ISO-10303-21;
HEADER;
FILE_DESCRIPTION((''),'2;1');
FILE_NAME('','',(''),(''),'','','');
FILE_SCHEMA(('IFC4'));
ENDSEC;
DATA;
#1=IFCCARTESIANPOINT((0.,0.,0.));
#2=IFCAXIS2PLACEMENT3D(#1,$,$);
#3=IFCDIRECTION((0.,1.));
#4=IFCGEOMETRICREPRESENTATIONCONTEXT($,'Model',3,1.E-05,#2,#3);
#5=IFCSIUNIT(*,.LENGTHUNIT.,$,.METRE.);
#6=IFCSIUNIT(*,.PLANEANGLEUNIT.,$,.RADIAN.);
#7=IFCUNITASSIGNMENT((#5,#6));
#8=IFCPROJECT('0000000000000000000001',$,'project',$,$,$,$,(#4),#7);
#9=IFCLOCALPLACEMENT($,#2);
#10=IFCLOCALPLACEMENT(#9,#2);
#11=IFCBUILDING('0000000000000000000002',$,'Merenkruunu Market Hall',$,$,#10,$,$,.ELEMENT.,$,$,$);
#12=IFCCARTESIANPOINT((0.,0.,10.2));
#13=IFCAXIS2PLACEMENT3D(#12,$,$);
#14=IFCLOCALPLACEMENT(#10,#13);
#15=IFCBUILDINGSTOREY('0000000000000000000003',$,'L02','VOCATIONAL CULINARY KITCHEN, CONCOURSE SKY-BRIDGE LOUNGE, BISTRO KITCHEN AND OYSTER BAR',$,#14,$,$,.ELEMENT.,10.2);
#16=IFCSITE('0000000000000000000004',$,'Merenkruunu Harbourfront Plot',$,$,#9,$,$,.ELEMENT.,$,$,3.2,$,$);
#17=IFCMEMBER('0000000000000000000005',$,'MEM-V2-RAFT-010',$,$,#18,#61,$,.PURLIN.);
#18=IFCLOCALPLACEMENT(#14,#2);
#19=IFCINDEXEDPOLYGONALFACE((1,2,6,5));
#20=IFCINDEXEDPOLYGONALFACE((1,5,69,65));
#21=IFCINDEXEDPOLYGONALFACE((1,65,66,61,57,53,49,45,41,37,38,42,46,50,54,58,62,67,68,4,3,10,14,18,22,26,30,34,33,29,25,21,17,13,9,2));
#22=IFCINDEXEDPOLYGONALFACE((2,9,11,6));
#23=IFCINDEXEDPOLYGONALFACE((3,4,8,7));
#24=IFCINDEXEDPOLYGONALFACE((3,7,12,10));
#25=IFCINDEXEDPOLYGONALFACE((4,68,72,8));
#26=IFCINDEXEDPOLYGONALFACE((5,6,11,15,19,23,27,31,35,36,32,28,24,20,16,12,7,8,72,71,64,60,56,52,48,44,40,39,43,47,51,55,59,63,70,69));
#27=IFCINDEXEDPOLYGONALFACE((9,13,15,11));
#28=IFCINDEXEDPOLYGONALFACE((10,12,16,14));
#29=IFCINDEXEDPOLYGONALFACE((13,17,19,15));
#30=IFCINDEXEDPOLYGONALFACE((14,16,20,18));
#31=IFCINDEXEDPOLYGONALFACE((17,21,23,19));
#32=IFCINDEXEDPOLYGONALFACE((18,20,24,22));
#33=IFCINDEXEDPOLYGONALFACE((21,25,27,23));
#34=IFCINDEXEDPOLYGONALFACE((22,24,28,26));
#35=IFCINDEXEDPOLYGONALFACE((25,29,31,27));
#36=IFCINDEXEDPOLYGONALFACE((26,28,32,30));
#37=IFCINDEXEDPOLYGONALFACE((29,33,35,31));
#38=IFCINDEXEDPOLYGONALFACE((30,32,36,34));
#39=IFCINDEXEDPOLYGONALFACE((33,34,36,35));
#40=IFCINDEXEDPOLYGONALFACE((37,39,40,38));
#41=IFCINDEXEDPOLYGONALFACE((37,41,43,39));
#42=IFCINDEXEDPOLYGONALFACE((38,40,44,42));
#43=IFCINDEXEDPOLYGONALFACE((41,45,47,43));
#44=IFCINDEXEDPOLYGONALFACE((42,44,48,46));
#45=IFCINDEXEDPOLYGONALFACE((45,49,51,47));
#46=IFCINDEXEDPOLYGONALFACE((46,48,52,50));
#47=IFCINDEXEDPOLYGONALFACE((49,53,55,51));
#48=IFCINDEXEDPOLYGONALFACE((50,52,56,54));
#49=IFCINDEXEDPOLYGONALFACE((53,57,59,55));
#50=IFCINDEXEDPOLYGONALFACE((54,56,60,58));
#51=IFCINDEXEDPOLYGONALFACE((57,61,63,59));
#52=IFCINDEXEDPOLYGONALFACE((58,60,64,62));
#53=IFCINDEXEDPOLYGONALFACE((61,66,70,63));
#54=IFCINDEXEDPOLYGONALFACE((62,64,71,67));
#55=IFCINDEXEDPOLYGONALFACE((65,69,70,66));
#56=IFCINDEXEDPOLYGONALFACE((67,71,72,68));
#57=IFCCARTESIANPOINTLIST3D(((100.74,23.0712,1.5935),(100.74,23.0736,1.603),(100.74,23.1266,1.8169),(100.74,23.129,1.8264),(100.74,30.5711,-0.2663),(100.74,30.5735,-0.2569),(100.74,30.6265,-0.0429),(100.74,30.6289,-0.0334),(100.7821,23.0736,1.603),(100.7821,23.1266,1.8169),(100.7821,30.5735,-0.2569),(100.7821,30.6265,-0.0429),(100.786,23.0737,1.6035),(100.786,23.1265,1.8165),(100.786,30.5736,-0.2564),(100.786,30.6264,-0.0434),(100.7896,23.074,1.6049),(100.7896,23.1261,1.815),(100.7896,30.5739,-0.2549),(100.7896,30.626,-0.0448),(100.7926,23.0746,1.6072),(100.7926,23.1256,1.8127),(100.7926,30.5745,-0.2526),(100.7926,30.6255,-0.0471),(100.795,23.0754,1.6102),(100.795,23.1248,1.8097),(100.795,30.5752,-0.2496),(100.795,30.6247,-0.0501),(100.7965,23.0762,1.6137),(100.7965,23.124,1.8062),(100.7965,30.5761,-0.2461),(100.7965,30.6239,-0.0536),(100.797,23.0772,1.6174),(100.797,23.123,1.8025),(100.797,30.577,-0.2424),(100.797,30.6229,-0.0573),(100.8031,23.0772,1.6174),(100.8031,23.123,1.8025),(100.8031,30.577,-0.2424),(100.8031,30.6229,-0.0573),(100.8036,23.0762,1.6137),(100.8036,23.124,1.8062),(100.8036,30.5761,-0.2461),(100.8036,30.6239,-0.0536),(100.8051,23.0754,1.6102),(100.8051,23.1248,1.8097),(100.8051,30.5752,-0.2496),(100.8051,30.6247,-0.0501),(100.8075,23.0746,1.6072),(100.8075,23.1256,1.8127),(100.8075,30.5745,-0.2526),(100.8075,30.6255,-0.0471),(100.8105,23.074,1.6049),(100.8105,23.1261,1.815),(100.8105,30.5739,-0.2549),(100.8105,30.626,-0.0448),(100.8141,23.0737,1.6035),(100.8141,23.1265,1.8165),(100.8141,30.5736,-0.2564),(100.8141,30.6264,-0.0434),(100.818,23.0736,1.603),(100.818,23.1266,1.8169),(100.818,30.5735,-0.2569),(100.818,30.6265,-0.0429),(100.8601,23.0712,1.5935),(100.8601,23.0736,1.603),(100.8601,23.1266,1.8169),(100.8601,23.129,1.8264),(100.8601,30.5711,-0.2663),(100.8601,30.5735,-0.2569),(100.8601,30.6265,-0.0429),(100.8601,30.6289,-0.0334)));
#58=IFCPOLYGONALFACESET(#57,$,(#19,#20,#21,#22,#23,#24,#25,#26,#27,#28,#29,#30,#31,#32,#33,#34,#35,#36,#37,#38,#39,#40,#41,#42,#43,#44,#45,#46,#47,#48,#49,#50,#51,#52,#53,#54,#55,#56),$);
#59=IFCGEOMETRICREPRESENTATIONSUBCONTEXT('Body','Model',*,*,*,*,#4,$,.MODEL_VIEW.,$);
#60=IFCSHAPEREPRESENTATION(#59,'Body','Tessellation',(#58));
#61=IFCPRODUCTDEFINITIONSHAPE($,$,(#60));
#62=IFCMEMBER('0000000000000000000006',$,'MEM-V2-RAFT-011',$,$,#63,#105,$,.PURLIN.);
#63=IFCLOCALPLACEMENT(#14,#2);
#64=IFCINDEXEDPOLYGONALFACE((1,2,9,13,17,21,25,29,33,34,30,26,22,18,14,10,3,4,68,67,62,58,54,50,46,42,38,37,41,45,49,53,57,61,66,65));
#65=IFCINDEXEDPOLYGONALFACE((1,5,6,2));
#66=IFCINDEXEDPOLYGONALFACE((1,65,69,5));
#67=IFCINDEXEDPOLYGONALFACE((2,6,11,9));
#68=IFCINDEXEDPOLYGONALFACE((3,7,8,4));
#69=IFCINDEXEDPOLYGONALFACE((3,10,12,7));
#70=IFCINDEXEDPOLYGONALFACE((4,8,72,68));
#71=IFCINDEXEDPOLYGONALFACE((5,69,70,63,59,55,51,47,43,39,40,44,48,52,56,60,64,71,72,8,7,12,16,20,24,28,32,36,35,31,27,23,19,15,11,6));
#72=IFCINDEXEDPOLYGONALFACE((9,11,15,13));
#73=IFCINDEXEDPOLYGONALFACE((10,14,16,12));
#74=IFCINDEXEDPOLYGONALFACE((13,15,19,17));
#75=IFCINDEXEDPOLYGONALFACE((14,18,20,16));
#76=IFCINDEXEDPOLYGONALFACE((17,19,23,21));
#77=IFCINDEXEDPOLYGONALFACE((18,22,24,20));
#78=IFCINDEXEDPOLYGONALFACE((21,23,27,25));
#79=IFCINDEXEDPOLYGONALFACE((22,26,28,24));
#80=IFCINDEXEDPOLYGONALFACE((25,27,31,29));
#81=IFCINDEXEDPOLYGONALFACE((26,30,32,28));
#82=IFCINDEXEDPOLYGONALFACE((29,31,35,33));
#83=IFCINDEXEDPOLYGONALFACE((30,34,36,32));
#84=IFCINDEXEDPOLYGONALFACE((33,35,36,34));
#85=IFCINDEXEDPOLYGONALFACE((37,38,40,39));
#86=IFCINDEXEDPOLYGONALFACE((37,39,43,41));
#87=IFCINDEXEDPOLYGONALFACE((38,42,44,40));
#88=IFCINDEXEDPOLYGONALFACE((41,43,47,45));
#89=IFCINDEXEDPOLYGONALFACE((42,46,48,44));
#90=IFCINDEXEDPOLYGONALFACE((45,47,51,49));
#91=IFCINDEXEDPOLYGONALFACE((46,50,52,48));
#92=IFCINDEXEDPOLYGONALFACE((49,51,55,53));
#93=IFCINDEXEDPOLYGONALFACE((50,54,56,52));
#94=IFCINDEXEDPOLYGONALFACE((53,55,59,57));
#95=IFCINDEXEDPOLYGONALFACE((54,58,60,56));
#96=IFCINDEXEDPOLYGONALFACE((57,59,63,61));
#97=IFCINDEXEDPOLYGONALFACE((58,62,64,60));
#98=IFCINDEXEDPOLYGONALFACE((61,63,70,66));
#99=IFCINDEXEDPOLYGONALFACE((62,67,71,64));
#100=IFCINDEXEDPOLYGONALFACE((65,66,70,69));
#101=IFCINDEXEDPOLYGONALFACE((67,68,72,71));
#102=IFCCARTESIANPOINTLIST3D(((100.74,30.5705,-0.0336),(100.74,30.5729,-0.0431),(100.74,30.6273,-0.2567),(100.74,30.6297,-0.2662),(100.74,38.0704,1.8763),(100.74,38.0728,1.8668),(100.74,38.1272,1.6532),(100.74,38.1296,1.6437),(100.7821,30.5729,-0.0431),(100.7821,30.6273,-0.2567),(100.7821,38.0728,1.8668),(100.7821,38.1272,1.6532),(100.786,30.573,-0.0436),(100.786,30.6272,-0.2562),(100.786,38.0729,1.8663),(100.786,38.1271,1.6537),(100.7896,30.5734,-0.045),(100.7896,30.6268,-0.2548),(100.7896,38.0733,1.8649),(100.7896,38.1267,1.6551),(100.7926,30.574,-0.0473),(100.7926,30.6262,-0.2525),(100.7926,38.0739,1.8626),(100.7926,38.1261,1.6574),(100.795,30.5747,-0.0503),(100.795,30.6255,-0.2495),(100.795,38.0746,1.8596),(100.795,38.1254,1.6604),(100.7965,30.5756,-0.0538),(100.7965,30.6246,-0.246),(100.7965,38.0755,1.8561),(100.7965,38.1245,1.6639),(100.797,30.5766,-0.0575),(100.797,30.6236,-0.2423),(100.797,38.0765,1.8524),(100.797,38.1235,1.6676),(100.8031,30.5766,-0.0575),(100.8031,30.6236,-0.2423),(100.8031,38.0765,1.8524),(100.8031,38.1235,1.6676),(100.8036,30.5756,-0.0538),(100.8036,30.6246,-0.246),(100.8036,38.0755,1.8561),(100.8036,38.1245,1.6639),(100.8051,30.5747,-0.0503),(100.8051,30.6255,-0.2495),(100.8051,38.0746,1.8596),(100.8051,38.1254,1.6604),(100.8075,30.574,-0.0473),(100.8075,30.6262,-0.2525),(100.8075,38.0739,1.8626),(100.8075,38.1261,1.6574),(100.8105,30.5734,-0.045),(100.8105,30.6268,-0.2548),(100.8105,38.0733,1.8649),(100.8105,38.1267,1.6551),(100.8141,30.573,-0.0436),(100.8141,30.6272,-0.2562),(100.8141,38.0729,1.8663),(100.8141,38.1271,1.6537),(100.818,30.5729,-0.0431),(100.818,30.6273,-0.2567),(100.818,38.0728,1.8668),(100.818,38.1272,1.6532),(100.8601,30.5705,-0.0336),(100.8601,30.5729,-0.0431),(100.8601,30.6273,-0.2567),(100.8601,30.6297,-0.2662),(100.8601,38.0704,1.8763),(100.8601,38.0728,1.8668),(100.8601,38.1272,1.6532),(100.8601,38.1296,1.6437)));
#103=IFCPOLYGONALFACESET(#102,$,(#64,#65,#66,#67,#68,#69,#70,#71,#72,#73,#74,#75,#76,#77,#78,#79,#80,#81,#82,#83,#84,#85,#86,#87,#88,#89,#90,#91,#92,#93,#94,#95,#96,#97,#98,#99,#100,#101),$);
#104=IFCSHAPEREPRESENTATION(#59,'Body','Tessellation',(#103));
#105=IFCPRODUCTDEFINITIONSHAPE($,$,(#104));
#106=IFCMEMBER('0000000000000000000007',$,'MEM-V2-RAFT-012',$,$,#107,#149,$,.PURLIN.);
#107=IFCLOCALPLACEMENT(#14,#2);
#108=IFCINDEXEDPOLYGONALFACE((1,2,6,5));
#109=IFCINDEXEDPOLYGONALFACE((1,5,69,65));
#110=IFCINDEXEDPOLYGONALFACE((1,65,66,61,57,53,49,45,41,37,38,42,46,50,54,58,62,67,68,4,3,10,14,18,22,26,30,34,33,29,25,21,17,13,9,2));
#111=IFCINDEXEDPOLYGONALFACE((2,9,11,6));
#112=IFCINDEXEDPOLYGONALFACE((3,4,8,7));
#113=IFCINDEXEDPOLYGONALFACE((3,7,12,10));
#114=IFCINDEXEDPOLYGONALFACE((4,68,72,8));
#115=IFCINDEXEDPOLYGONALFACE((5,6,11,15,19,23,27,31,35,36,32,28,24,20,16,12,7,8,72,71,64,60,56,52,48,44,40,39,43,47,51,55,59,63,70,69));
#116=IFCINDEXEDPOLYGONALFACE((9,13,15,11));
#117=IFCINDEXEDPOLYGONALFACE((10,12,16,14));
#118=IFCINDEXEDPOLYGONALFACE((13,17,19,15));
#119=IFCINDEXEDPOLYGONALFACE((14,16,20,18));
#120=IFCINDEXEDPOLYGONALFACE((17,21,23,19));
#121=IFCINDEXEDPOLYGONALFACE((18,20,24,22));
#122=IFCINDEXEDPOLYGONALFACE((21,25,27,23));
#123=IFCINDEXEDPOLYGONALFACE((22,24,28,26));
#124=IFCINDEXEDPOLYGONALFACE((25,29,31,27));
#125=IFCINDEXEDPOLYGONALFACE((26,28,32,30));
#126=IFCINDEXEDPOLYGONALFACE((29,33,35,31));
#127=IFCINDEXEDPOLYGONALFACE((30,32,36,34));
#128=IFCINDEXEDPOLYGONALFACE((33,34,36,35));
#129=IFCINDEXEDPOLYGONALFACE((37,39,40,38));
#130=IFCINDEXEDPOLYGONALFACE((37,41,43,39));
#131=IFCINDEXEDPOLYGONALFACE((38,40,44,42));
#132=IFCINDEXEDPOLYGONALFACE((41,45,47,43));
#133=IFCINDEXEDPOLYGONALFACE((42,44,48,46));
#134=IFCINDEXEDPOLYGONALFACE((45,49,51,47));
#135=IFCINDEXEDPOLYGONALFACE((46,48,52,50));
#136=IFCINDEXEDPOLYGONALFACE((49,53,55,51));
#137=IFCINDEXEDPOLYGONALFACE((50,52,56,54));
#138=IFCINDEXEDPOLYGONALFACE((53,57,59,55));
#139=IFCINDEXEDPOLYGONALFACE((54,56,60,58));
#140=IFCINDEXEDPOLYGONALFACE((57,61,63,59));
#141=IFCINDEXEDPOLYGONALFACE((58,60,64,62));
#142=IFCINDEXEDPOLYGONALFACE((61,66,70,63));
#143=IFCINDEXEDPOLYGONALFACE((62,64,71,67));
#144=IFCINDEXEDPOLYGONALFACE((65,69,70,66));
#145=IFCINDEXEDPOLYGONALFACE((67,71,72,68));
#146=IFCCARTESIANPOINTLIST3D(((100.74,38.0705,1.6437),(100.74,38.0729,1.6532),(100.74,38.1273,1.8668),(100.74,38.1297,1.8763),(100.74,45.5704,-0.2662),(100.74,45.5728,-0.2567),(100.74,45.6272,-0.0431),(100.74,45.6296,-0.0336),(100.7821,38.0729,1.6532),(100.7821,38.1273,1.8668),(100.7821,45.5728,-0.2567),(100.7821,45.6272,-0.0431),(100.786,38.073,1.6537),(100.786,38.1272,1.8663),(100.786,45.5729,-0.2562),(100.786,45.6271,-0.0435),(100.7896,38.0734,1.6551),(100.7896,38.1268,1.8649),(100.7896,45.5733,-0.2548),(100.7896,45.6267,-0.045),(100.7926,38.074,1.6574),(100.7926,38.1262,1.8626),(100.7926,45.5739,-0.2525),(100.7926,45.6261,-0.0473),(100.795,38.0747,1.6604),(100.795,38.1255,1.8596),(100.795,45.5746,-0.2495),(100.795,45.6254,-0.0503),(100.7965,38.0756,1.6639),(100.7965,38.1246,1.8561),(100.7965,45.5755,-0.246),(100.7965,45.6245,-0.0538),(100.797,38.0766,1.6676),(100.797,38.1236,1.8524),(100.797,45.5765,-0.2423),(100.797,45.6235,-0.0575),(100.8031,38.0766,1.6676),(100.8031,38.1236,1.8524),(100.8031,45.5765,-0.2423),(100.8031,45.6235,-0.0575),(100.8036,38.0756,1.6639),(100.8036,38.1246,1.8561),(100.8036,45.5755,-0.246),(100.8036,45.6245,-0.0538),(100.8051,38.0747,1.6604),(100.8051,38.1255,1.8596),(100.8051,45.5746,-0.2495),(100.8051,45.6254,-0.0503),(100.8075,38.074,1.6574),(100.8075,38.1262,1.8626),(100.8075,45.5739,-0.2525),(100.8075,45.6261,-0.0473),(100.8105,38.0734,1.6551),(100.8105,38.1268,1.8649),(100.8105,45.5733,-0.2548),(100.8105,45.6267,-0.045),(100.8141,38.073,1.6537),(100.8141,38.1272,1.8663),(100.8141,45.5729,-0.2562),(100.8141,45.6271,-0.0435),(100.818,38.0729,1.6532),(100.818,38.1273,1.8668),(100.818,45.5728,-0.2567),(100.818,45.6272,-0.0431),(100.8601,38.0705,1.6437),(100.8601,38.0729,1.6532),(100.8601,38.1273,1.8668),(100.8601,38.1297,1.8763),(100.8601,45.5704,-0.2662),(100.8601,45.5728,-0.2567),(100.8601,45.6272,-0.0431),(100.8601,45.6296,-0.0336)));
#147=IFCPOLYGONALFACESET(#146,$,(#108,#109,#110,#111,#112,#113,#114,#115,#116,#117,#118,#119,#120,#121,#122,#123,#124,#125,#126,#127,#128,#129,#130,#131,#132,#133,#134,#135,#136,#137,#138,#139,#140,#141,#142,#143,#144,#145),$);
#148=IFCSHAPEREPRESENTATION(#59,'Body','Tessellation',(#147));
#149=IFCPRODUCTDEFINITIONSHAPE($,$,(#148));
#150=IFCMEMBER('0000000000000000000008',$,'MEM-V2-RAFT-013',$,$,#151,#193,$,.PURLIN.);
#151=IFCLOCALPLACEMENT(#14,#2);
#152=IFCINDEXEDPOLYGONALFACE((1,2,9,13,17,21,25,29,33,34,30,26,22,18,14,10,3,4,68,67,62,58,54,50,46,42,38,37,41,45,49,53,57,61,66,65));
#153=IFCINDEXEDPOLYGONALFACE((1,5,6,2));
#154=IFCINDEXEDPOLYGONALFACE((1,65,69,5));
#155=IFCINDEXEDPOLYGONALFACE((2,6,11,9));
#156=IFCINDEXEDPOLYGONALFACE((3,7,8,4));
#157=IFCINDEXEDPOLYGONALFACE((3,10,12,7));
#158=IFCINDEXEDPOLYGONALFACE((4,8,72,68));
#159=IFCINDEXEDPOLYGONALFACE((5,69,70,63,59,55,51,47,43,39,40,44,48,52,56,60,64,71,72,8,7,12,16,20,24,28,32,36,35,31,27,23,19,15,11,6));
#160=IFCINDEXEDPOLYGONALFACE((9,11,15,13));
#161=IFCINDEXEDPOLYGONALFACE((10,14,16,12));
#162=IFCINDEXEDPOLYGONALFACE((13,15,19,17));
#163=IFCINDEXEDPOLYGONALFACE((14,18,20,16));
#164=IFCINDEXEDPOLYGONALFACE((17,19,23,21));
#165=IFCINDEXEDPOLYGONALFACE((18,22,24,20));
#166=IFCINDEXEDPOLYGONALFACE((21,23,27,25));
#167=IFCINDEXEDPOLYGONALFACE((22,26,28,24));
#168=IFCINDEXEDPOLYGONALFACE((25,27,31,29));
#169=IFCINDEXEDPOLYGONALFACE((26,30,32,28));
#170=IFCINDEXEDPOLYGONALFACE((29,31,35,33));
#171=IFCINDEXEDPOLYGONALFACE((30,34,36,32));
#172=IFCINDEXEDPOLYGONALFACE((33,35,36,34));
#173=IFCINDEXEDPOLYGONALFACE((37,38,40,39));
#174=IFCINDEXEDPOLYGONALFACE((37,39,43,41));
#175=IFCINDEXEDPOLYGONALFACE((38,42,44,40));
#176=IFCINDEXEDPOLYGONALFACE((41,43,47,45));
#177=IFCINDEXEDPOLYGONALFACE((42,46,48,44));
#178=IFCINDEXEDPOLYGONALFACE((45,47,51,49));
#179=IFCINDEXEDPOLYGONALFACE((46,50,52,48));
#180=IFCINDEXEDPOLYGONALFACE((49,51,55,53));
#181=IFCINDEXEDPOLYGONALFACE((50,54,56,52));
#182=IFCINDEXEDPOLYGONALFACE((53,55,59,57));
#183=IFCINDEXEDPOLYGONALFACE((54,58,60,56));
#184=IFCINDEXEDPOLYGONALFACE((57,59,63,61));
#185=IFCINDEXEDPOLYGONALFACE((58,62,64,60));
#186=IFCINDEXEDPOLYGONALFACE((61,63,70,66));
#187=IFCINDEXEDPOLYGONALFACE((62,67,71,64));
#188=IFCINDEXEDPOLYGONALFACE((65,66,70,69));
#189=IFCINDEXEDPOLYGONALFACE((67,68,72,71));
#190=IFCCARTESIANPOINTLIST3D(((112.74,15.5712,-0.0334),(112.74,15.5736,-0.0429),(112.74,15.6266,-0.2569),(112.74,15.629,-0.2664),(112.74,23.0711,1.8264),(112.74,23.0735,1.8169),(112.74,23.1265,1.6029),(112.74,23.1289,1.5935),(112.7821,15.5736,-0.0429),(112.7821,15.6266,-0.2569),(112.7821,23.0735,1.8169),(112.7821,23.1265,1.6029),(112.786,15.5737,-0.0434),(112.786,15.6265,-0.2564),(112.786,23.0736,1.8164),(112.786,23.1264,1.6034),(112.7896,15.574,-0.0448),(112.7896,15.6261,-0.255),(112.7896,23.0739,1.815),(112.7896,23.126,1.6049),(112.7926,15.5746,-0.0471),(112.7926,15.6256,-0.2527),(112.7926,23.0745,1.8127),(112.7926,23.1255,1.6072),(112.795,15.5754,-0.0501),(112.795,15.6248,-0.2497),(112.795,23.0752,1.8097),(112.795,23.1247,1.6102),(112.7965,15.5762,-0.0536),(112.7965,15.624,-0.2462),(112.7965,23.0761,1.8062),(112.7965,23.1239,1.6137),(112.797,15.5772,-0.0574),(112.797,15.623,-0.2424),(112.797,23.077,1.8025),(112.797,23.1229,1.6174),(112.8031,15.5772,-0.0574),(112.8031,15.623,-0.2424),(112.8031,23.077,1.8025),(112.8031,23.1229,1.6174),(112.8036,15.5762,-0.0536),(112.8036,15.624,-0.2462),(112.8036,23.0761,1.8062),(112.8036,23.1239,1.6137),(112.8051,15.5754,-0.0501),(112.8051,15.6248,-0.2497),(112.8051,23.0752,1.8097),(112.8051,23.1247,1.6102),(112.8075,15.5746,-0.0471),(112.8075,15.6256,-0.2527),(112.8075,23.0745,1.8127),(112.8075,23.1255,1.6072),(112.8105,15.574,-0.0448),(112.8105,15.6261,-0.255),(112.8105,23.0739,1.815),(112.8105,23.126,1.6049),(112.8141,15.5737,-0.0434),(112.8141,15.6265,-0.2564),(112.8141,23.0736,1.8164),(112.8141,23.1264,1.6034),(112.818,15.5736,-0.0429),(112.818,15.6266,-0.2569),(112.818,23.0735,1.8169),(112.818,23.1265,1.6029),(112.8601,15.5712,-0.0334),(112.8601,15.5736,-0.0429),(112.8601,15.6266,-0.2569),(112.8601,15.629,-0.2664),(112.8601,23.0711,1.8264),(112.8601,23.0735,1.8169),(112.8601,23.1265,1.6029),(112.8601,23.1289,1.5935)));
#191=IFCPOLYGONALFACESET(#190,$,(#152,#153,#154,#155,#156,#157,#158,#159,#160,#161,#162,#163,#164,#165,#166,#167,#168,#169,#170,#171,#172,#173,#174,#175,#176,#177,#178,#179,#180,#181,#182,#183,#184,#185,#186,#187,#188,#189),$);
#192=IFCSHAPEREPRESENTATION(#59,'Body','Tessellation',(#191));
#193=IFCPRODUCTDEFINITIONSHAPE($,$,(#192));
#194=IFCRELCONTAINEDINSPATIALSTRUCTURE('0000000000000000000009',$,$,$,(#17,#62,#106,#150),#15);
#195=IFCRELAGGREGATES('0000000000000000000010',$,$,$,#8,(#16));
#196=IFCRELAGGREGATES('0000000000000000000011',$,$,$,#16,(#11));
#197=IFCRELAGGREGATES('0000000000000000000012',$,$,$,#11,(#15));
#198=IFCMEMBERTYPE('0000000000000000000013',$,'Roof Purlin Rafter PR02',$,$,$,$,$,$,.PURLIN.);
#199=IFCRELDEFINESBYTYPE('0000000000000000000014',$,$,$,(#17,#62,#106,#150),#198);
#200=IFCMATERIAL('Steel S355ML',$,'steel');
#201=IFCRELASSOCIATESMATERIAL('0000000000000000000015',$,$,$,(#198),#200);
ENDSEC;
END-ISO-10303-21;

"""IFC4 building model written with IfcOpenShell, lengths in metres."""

from ifc_helpers import new_model, si_unit, direction, frame, origin, origin_2d, place, context, subcontext, project, spatial, i_section, extrude, material, material_profile, profile_set, type_object, element, save


model = new_model("IFC4")

# Units and contexts
model_context = context("Model", 3, precision=1e-05, world=origin(), true_north=direction((0.0, 1.0)))
body_context = subcontext(model_context, "Body", "Model", "MODEL_VIEW")
ifc_project = project(units=[si_unit("LENGTHUNIT", "METRE"), si_unit("PLANEANGLEUNIT", "RADIAN")], contexts=[model_context])

# Site, building, storey
site_placement = place(None, origin())
site = spatial("IfcSite", under=ifc_project, at=site_placement, Name="Merenkruunu Harbourfront Plot", CompositionType="ELEMENT", RefElevation=3.2)
building_placement = place(site_placement, origin())
building = spatial("IfcBuilding", under=site, at=building_placement, Name="Merenkruunu Market Hall", CompositionType="ELEMENT")
storey_placement = place(building_placement, frame((0.0, 0.0, 10.2)))
storey = spatial("IfcBuildingStorey", under=building, at=storey_placement, Name="L02", Description="VOCATIONAL CULINARY KITCHEN, CONCOURSE SKY-BRIDGE LOUNGE, BISTRO KITCHEN AND OYSTER BAR", CompositionType="ELEMENT", Elevation=10.2)

# Members
ifc_material_1 = material(Name="Steel S355ML", Category="steel")
ifc_material_profile_1 = material_profile(ifc_material_1, i_section(OverallWidth=0.1201, OverallDepth=0.24, WebThickness=0.0061, FlangeThickness=0.0098, FilletRadius=0.0149, at=origin_2d()), Name="IPE 240")
ifc_profile_set_1 = profile_set([ifc_material_profile_1], Name="Steel S355ML")
member_type = type_object("IfcMemberType", Name="Roof Purlin Rafter PR02", PredefinedType="PURLIN", material=ifc_profile_set_1)
for number, where, z_axis, x_axis, name in (
    (1, (100.8, 23.1001, 1.71), (0.0, 0.970602, -0.240692), (-1.0, 0.0, 0.0), "MEM-V2-RAFT-010"),
):
    element("IfcMember", number, at=place(storey_placement, frame(where, z_axis=z_axis, x_axis=x_axis)), inside=storey, type_object=member_type, Name=name, PredefinedType="PURLIN", context=body_context, shape_type="SweptSolid", body=[
        extrude(i_section(OverallWidth=0.1201, OverallDepth=0.24, WebThickness=0.0061, FlangeThickness=0.0098, FilletRadius=0.0149, at=origin_2d()), origin(), (0.0, 0.0, 1.0), 7.7271),
    ])
for number, where, z_axis, x_axis, name in (
    (2, (100.8, 30.6001, -0.1499), (0.0, 0.969072, 0.246779), (-1.0, 0.0, 0.0), "MEM-V2-RAFT-011"),
    (3, (100.8, 38.1001, 1.76), (0.0, 0.969072, -0.246779), (-1.0, 0.0, 0.0), "MEM-V2-RAFT-012"),
):
    element("IfcMember", number, at=place(storey_placement, frame(where, z_axis=z_axis, x_axis=x_axis)), inside=storey, type_object=member_type, Name=name, PredefinedType="PURLIN", context=body_context, shape_type="SweptSolid", body=[
        extrude(i_section(OverallWidth=0.1201, OverallDepth=0.24, WebThickness=0.0061, FlangeThickness=0.0098, FilletRadius=0.0149, at=origin_2d()), origin(), (0.0, 0.0, 1.0), 7.7393),
    ])
for number, where, z_axis, x_axis, name in (
    (4, (112.8, 15.6001, -0.1499), (0.0, 0.970602, 0.240692), (-1.0, 0.0, 0.0), "MEM-V2-RAFT-013"),
):
    element("IfcMember", number, at=place(storey_placement, frame(where, z_axis=z_axis, x_axis=x_axis)), inside=storey, type_object=member_type, Name=name, PredefinedType="PURLIN", context=body_context, shape_type="SweptSolid", body=[
        extrude(i_section(OverallWidth=0.1201, OverallDepth=0.24, WebThickness=0.0061, FlangeThickness=0.0098, FilletRadius=0.0149, at=origin_2d()), origin(), (0.0, 0.0, 1.0), 7.7271),
    ])

save(model, "model.ifc")
